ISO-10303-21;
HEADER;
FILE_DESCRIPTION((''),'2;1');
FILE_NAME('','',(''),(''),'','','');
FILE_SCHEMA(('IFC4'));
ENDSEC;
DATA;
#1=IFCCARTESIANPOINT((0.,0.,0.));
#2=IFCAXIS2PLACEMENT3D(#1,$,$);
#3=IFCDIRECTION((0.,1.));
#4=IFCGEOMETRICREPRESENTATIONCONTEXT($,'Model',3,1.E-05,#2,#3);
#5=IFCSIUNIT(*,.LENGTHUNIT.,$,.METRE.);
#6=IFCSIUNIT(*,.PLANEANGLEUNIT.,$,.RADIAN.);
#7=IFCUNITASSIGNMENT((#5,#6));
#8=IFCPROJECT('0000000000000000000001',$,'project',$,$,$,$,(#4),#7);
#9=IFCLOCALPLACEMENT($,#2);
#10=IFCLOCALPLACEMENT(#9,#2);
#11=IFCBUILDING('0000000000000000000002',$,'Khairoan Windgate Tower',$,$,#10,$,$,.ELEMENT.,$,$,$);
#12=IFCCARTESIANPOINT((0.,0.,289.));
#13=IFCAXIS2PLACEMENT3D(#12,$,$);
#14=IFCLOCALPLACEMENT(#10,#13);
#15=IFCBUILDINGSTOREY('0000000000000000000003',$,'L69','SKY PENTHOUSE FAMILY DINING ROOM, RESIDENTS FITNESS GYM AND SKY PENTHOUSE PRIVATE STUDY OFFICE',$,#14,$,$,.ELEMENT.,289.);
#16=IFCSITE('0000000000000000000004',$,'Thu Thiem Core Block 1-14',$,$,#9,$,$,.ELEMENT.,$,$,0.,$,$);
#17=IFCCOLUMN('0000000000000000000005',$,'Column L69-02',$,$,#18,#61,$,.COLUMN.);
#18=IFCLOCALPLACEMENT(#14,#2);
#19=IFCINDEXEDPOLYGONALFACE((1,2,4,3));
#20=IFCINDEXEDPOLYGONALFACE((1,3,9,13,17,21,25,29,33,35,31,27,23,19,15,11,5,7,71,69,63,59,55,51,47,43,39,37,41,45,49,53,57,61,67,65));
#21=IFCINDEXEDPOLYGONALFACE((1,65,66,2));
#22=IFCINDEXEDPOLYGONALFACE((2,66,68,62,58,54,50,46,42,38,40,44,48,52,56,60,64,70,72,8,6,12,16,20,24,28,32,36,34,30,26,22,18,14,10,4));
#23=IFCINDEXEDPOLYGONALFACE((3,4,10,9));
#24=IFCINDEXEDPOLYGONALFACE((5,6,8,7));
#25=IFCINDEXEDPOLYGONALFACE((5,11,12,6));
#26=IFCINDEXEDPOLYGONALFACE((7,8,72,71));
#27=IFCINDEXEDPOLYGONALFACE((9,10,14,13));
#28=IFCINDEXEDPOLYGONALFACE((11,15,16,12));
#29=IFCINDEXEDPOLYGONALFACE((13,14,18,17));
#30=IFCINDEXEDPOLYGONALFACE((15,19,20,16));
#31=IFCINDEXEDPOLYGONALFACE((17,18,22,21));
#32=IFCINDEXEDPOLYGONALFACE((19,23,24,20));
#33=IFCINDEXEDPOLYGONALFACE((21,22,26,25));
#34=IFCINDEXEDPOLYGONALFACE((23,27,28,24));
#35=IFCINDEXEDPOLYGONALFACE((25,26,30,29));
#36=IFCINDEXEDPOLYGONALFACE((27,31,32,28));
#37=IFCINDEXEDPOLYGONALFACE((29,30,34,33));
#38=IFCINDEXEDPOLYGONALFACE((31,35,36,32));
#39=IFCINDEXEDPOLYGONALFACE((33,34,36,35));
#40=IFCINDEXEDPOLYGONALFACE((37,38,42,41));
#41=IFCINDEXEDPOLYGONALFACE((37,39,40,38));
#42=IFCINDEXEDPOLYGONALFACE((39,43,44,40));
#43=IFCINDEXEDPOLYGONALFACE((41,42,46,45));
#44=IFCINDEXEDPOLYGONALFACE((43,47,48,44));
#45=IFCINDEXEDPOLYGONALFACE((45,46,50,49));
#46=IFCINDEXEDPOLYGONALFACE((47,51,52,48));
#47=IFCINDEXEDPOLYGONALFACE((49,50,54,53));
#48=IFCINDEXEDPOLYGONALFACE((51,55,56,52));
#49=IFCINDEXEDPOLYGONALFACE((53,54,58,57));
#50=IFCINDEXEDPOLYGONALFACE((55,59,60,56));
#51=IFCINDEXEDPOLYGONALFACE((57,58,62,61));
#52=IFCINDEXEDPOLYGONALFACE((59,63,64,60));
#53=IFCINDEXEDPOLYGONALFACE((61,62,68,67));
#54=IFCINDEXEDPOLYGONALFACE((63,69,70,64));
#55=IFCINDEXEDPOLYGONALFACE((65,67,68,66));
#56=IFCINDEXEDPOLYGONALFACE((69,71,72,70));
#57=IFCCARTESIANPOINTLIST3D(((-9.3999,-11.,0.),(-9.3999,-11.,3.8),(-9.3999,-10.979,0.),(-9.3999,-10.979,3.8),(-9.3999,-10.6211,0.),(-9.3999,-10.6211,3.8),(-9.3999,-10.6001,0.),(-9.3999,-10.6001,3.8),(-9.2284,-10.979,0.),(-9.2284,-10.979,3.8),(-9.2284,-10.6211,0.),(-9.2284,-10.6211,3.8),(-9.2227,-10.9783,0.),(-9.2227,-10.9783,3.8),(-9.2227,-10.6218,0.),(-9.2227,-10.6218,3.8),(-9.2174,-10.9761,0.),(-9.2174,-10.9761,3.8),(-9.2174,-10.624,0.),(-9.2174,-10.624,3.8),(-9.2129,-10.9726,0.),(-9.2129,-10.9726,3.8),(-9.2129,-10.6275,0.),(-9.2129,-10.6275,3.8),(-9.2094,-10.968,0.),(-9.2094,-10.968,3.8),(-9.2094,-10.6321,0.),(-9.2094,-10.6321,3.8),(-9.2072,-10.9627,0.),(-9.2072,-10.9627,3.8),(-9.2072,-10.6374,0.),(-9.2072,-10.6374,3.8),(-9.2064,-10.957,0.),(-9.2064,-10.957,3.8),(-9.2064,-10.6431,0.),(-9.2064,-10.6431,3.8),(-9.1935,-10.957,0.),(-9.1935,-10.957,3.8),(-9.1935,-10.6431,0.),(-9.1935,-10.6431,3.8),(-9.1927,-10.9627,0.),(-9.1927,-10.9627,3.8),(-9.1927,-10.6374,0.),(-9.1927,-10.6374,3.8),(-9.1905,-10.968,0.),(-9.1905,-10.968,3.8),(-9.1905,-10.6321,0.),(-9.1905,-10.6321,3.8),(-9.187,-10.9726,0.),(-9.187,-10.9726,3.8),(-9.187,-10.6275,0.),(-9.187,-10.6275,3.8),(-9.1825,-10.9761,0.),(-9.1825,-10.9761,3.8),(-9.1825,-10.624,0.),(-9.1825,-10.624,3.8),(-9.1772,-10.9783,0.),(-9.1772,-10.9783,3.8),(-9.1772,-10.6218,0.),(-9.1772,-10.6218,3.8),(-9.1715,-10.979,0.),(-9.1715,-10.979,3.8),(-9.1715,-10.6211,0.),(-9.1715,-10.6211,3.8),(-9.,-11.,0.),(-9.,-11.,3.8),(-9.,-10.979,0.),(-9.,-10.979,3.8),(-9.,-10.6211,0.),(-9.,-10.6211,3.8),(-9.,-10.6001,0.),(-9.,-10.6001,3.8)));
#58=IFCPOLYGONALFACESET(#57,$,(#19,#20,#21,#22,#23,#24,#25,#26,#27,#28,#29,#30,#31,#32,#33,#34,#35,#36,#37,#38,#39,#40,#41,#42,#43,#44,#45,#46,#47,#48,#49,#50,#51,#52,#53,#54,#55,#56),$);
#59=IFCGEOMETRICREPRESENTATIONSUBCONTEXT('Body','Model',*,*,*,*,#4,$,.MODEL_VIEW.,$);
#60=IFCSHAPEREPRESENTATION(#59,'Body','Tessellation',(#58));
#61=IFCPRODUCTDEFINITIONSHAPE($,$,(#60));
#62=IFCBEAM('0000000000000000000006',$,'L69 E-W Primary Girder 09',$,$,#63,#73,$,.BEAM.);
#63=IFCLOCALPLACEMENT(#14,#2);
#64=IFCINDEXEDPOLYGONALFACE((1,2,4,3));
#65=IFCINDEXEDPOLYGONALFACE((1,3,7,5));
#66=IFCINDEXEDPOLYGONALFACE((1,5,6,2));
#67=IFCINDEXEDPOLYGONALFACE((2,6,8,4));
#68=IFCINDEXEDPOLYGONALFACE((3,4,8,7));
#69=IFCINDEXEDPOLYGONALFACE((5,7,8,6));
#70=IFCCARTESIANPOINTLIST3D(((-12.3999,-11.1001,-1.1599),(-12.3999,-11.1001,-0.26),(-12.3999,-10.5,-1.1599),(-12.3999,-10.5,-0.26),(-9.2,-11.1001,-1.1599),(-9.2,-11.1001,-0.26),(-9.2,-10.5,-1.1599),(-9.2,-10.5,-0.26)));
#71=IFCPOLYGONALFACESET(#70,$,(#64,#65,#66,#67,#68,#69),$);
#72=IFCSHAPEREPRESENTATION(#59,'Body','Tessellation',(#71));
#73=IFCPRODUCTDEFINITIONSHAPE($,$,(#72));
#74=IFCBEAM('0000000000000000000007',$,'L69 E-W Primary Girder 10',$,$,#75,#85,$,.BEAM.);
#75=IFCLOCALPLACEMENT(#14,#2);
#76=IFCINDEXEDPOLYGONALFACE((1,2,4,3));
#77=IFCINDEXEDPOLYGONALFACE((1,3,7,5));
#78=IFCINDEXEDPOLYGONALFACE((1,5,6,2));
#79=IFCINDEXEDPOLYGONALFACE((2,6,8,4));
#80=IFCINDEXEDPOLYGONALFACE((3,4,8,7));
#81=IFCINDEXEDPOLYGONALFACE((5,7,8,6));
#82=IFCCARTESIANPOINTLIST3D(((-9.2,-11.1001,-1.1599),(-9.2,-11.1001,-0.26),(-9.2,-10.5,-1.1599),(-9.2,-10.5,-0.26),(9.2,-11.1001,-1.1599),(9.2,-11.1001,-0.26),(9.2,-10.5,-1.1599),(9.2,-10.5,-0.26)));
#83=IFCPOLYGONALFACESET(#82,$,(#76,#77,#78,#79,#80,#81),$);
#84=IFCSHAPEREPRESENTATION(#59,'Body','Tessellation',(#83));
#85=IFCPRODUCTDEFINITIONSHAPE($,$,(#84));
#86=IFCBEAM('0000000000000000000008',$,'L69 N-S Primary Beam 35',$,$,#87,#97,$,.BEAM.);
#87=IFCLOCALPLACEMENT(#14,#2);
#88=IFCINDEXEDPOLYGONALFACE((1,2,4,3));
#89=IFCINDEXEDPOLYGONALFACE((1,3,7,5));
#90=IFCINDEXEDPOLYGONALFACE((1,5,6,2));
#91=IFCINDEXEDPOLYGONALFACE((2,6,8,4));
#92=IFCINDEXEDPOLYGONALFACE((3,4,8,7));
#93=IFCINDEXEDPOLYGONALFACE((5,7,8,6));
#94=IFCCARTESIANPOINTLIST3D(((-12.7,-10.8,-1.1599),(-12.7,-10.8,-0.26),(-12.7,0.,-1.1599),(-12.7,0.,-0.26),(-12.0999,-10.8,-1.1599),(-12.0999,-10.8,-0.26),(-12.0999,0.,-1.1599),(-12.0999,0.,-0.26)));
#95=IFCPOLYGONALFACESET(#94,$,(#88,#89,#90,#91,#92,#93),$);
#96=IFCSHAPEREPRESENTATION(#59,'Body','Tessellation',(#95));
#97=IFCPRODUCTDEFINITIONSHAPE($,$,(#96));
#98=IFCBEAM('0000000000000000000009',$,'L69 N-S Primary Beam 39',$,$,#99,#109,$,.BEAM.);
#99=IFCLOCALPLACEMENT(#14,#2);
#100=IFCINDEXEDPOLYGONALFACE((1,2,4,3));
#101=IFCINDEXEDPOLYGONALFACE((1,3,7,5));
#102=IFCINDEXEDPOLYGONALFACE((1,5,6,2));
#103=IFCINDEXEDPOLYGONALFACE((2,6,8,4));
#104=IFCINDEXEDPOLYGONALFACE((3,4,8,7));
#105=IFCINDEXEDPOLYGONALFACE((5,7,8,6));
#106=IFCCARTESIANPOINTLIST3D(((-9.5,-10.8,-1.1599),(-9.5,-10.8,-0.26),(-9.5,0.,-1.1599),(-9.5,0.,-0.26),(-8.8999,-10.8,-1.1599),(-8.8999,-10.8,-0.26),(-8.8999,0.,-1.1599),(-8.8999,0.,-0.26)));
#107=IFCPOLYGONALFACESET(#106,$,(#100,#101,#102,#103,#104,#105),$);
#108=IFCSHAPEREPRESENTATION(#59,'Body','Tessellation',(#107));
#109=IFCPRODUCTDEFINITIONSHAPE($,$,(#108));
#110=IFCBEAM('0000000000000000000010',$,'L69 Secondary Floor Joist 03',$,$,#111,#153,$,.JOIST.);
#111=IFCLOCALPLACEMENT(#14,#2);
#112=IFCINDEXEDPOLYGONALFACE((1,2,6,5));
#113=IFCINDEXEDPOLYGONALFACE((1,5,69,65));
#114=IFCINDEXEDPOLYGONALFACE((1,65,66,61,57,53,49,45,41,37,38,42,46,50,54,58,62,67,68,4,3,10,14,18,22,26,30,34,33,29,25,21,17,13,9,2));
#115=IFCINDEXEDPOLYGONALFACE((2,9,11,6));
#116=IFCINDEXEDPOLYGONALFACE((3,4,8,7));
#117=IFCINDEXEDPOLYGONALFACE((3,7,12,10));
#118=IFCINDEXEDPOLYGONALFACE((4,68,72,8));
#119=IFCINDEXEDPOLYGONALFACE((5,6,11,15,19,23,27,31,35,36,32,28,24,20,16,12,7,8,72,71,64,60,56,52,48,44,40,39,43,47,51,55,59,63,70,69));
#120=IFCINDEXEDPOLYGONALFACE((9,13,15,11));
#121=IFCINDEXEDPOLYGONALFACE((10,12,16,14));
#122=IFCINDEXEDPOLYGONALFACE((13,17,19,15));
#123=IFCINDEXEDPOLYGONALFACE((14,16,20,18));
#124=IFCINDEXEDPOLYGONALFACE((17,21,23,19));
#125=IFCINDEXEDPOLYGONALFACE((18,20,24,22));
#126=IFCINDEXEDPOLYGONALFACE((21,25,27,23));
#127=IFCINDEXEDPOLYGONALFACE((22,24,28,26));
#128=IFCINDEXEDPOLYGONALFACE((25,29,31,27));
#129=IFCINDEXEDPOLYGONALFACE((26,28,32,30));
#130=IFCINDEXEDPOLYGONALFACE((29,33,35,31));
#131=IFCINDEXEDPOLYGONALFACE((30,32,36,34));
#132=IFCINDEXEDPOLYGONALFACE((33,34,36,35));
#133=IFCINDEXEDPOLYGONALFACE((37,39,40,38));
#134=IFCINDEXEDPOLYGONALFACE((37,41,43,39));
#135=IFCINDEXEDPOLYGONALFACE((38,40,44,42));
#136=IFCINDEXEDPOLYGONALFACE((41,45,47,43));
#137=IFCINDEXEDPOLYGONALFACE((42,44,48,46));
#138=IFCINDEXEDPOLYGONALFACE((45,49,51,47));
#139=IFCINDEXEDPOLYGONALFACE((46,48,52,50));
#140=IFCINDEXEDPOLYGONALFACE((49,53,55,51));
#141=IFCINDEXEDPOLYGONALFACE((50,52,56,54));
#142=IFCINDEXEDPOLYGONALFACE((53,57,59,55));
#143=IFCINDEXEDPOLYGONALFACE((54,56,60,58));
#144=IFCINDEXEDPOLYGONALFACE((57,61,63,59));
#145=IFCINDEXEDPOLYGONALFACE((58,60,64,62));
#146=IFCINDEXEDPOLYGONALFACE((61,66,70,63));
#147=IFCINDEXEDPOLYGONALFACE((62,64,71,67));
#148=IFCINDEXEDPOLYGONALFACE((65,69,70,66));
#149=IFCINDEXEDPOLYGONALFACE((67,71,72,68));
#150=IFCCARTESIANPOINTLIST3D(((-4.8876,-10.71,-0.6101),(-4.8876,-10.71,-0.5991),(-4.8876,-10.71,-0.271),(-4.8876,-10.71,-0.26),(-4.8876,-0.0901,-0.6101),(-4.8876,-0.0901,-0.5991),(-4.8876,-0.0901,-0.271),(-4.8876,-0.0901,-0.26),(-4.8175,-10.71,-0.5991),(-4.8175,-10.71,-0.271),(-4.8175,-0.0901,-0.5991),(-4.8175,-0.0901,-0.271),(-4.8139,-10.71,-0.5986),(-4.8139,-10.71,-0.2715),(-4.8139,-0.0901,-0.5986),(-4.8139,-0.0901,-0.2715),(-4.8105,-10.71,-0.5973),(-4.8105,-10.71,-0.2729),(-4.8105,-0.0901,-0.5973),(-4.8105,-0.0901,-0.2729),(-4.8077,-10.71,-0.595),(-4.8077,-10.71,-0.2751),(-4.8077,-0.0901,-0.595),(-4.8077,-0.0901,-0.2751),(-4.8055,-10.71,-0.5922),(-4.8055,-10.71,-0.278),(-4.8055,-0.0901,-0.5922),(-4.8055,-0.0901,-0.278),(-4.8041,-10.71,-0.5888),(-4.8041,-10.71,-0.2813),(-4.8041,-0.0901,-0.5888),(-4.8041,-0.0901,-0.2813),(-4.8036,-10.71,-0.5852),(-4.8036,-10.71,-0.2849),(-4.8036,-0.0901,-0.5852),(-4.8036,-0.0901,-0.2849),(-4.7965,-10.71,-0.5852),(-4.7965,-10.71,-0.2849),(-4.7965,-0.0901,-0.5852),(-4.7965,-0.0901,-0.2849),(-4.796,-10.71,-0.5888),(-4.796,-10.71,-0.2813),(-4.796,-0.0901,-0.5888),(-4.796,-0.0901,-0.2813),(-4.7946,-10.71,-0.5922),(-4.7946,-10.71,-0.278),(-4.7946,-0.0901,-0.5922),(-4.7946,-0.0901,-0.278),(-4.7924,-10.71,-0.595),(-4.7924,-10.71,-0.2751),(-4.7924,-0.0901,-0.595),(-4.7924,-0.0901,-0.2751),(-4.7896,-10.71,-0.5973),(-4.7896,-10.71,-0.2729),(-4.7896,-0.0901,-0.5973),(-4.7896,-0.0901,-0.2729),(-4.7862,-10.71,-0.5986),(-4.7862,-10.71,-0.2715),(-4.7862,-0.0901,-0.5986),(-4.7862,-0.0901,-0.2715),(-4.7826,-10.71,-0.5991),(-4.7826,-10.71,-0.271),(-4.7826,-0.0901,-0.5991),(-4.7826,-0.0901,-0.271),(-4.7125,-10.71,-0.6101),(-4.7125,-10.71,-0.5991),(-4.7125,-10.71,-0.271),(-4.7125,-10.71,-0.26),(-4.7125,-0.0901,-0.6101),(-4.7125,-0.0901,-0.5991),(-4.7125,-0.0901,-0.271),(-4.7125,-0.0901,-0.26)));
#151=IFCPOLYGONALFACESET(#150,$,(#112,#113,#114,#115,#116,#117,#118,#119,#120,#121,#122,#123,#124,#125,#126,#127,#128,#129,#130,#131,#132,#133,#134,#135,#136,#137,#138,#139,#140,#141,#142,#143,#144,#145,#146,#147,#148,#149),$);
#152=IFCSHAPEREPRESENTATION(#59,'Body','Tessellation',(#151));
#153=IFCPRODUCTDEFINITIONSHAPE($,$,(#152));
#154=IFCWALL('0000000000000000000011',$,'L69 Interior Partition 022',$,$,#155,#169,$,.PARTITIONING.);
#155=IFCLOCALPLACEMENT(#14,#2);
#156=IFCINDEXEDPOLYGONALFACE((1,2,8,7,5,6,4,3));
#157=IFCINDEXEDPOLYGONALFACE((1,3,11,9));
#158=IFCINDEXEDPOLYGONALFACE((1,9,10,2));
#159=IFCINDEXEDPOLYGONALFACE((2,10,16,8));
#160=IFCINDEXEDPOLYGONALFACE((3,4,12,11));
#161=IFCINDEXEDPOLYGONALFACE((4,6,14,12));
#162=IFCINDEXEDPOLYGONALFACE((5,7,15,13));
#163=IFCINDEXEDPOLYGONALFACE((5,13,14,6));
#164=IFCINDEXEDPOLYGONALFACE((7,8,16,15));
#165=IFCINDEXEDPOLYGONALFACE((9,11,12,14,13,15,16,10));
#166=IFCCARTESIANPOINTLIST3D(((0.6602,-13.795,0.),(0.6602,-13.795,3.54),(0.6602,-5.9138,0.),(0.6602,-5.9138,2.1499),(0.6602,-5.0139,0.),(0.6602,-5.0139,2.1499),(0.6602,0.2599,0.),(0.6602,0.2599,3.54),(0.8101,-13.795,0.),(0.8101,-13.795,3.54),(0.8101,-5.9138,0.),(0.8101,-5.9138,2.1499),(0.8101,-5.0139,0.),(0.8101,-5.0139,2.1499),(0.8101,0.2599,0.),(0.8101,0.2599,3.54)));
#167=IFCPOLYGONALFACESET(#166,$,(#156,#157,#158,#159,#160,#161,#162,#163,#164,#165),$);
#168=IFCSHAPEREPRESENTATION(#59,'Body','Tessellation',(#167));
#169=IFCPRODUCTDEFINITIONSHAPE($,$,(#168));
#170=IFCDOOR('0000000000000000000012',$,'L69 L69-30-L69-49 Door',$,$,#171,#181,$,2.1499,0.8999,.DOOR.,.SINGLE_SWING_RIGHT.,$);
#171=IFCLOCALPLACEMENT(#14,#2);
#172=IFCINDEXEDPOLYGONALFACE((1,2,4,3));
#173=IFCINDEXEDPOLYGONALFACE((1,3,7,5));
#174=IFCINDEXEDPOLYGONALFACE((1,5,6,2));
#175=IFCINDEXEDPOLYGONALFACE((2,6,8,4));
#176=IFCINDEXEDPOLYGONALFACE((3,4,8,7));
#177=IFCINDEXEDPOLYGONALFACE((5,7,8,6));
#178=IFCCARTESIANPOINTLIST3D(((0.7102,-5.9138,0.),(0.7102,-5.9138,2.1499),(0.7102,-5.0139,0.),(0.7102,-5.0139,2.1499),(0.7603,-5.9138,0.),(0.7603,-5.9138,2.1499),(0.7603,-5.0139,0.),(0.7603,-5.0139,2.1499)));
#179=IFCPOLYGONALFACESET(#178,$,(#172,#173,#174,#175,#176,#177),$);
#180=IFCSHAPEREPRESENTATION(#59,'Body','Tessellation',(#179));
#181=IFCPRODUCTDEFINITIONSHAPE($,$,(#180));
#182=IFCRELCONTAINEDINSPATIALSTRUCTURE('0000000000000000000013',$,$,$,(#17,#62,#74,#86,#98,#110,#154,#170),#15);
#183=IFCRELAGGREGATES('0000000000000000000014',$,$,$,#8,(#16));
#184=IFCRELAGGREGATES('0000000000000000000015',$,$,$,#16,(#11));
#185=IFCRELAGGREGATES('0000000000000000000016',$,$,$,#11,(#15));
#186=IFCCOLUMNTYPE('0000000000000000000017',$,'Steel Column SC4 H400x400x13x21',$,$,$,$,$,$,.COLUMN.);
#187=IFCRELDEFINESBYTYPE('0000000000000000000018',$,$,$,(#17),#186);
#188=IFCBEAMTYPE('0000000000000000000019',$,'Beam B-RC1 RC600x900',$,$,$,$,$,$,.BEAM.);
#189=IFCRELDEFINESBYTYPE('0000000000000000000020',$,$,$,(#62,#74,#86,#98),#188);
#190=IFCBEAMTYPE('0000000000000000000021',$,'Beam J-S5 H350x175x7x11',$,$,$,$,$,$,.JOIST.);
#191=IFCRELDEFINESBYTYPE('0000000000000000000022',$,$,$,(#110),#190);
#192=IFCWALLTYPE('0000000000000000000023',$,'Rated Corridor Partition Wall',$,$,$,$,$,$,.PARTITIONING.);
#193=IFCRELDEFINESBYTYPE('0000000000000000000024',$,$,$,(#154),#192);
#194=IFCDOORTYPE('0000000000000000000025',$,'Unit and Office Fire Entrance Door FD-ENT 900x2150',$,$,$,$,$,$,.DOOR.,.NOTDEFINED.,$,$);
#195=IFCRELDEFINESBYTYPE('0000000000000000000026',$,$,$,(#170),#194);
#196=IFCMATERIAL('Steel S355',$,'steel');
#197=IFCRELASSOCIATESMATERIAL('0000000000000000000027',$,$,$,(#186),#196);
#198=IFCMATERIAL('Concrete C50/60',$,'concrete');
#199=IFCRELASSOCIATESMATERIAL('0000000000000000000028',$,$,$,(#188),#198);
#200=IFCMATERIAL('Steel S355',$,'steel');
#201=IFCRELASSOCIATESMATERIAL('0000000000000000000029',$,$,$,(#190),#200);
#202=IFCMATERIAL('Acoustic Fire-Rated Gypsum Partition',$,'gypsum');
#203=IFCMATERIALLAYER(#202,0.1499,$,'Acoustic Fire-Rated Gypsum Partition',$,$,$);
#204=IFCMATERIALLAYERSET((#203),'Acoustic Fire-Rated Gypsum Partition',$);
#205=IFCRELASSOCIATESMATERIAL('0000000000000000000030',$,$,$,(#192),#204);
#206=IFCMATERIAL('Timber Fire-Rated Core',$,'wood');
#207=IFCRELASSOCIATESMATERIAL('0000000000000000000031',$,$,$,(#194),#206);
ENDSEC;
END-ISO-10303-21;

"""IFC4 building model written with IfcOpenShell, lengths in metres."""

from ifc_helpers import new_model, si_unit, direction, frame, frame_2d, origin, origin_2d, place, context, subcontext, project, spatial, rectangle, i_section, extrude, material, layer, layer_set, material_profile, profile_set, type_object, element, fill, save


model = new_model("IFC4")

# Units and contexts
model_context = context("Model", 3, precision=1e-05, world=origin(), true_north=direction((0.0, 1.0)))
body_context = subcontext(model_context, "Body", "Model", "MODEL_VIEW")
ifc_project = project(units=[si_unit("LENGTHUNIT", "METRE"), si_unit("PLANEANGLEUNIT", "RADIAN")], contexts=[model_context])

# Site, building, storey
site_placement = place(None, origin())
site = spatial("IfcSite", under=ifc_project, at=site_placement, Name="Thu Thiem Core Block 1-14", CompositionType="ELEMENT", RefElevation=0.0)
building_placement = place(site_placement, origin())
building = spatial("IfcBuilding", under=site, at=building_placement, Name="Khairoan Windgate Tower", CompositionType="ELEMENT")
storey_placement = place(building_placement, frame((0.0, 0.0, 289.0)))
storey = spatial("IfcBuildingStorey", under=building, at=storey_placement, Name="L69", Description="SKY PENTHOUSE FAMILY DINING ROOM, RESIDENTS FITNESS GYM AND SKY PENTHOUSE PRIVATE STUDY OFFICE", CompositionType="ELEMENT", Elevation=289.0)

# Column
ifc_material_1 = material(Name="Steel S355", Category="steel")
ifc_material_profile_1 = material_profile(ifc_material_1, i_section(OverallWidth=0.3999, OverallDepth=0.3999, WebThickness=0.0129, FlangeThickness=0.021, FilletRadius=0.022, at=origin_2d()))
ifc_profile_set_1 = profile_set([ifc_material_profile_1], Name="Steel S355")
column_type = type_object("IfcColumnType", Name="Steel Column SC4 H400x400x13x21", PredefinedType="COLUMN", material=ifc_profile_set_1)
column_placement = place(storey_placement, frame((-9.2, -10.8, 0.0), z_axis=(0.0, 0.0, 1.0), x_axis=(1.0, 0.0, 0.0)))
element("IfcColumn", 1, at=column_placement, inside=storey, type_object=column_type, Name="Column L69-02", PredefinedType="COLUMN", context=body_context, shape_type="SweptSolid", body=[
    extrude(i_section(OverallWidth=0.3999, OverallDepth=0.3999, WebThickness=0.0129, FlangeThickness=0.021, FilletRadius=0.022, at=origin_2d()), origin(), (0.0, 0.0, 1.0), 3.8),
])

# Beams
ifc_material_2 = material(Name="Concrete C50/60", Category="concrete")
ifc_material_profile_2 = material_profile(ifc_material_2, rectangle(XDim=0.6001, YDim=0.8999, at=origin_2d()))
ifc_profile_set_2 = profile_set([ifc_material_profile_2], Name="Concrete C50/60")
beam_type_1 = type_object("IfcBeamType", Name="Beam B-RC1 RC600x900", PredefinedType="BEAM", material=ifc_profile_set_2)
beam_1_placement = place(storey_placement, frame((-12.3999, -10.8, -0.71), z_axis=(1.0, 0.0, 0.0), x_axis=(0.0, 1.0, 0.0)))
element("IfcBeam", 2, at=beam_1_placement, inside=storey, type_object=beam_type_1, Name="L69 E-W Primary Girder 09", PredefinedType="BEAM", context=body_context, shape_type="SweptSolid", body=[
    extrude(rectangle(XDim=0.6001, YDim=0.8999, at=origin_2d()), origin(), (0.0, 0.0, 1.0), 3.2),
])
beam_2_placement = place(storey_placement, frame((-9.2, -10.8, -0.71), z_axis=(1.0, 0.0, 0.0), x_axis=(0.0, 1.0, 0.0)))
element("IfcBeam", 3, at=beam_2_placement, inside=storey, type_object=beam_type_1, Name="L69 E-W Primary Girder 10", PredefinedType="BEAM", context=body_context, shape_type="SweptSolid", body=[
    extrude(rectangle(XDim=0.6001, YDim=0.8999, at=origin_2d()), origin(), (0.0, 0.0, 1.0), 18.3999),
])
for number, where, z_axis, x_axis, name in (
    (4, (-12.3999, -10.8, -0.71), (0.0, 1.0, 0.0), (-1.0, 0.0, 0.0), "L69 N-S Primary Beam 35"),
    (5, (-9.2, -10.8, -0.71), (0.0, 1.0, 0.0), (-1.0, 0.0, 0.0), "L69 N-S Primary Beam 39"),
):
    element("IfcBeam", number, at=place(storey_placement, frame(where, z_axis=z_axis, x_axis=x_axis)), inside=storey, type_object=beam_type_1, Name=name, PredefinedType="BEAM", context=body_context, shape_type="SweptSolid", body=[
        extrude(rectangle(XDim=0.6001, YDim=0.8999, at=origin_2d()), origin(), (0.0, 0.0, 1.0), 10.8),
    ])
ifc_material_3 = material(Name="Steel S355", Category="steel")
ifc_material_profile_3 = material_profile(ifc_material_3, i_section(OverallWidth=0.175, OverallDepth=0.3501, WebThickness=0.0071, FlangeThickness=0.011, FilletRadius=0.0139, at=origin_2d()))
ifc_profile_set_3 = profile_set([ifc_material_profile_3], Name="Steel S355")
beam_type_2 = type_object("IfcBeamType", Name="Beam J-S5 H350x175x7x11", PredefinedType="JOIST", material=ifc_profile_set_3)
beam_3_placement = place(storey_placement, frame((-4.8, -10.71, -0.4351), z_axis=(0.0, 1.0, 0.0), x_axis=(-1.0, 0.0, 0.0)))
element("IfcBeam", 6, at=beam_3_placement, inside=storey, type_object=beam_type_2, Name="L69 Secondary Floor Joist 03", PredefinedType="JOIST", context=body_context, shape_type="SweptSolid", body=[
    extrude(i_section(OverallWidth=0.175, OverallDepth=0.3501, WebThickness=0.0071, FlangeThickness=0.011, FilletRadius=0.0139, at=origin_2d()), origin(), (0.0, 0.0, 1.0), 10.6199),
])

# Wall, opening, door
ifc_material_4 = material(Name="Acoustic Fire-Rated Gypsum Partition", Category="gypsum")
ifc_layer_1 = layer(ifc_material_4, 0.1499, Name="Acoustic Fire-Rated Gypsum Partition")
ifc_layer_set_1 = layer_set([ifc_layer_1], Name="Acoustic Fire-Rated Gypsum Partition")
wall_type_1 = type_object("IfcWallType", Name="Rated Corridor Partition Wall", PredefinedType="PARTITIONING", material=ifc_layer_set_1)
wall_1_placement = place(storey_placement, frame((0.7351, -13.7949, 0.0), z_axis=(0.0, 0.0, 1.0), x_axis=(0.0, 1.0, 0.0)))
wall_1 = element("IfcWall", 7, at=wall_1_placement, inside=storey, type_object=wall_type_1, Name="L69 Interior Partition 022", PredefinedType="PARTITIONING", context=body_context, shape_type="SweptSolid", body=[
    extrude(rectangle(XDim=14.0549, YDim=0.1499, at=frame_2d((7.0273, 0.0))), origin(), (0.0, 0.0, 1.0), 3.54),
])
opening_1_placement = place(wall_1_placement, frame((7.8811, 0.0, 0.0)))
opening_1 = element("IfcOpeningElement", 8, at=opening_1_placement, cuts=wall_1, PredefinedType="OPENING", context=body_context, shape_type="SweptSolid", body=[
    extrude(rectangle(XDim=0.8999, YDim=2.1499, at=frame_2d((0.45, 1.075))), frame((0.0, 0.085, 0.0), z_axis=(0.0, -1.0, 0.0), x_axis=(1.0, 0.0, 0.0)), (0.0, 0.0, 1.0), 0.1699),
])
ifc_material_5 = material(Name="Timber Fire-Rated Core", Category="wood")
door_type_1 = type_object("IfcDoorType", Name="Unit and Office Fire Entrance Door FD-ENT 900x2150", OperationType="NOTDEFINED", PredefinedType="DOOR", material=ifc_material_5)
door_1_placement = place(opening_1_placement, origin())
door_1 = element("IfcDoor", 9, at=door_1_placement, inside=storey, type_object=door_type_1, Name="L69 L69-30-L69-49 Door", OperationType="SINGLE_SWING_RIGHT", OverallHeight=2.1499, OverallWidth=0.8999, PredefinedType="DOOR", context=body_context, shape_type="SweptSolid", body=[
    extrude(rectangle(XDim=0.8999, YDim=2.1499, at=frame_2d((0.45, 1.075))), frame((0.0, 0.0249, 0.0), z_axis=(0.0, -1.0, 0.0), x_axis=(1.0, 0.0, 0.0)), (0.0, 0.0, 1.0), 0.05),
])
fill(opening_1, door_1)

save(model, "model.ifc")
